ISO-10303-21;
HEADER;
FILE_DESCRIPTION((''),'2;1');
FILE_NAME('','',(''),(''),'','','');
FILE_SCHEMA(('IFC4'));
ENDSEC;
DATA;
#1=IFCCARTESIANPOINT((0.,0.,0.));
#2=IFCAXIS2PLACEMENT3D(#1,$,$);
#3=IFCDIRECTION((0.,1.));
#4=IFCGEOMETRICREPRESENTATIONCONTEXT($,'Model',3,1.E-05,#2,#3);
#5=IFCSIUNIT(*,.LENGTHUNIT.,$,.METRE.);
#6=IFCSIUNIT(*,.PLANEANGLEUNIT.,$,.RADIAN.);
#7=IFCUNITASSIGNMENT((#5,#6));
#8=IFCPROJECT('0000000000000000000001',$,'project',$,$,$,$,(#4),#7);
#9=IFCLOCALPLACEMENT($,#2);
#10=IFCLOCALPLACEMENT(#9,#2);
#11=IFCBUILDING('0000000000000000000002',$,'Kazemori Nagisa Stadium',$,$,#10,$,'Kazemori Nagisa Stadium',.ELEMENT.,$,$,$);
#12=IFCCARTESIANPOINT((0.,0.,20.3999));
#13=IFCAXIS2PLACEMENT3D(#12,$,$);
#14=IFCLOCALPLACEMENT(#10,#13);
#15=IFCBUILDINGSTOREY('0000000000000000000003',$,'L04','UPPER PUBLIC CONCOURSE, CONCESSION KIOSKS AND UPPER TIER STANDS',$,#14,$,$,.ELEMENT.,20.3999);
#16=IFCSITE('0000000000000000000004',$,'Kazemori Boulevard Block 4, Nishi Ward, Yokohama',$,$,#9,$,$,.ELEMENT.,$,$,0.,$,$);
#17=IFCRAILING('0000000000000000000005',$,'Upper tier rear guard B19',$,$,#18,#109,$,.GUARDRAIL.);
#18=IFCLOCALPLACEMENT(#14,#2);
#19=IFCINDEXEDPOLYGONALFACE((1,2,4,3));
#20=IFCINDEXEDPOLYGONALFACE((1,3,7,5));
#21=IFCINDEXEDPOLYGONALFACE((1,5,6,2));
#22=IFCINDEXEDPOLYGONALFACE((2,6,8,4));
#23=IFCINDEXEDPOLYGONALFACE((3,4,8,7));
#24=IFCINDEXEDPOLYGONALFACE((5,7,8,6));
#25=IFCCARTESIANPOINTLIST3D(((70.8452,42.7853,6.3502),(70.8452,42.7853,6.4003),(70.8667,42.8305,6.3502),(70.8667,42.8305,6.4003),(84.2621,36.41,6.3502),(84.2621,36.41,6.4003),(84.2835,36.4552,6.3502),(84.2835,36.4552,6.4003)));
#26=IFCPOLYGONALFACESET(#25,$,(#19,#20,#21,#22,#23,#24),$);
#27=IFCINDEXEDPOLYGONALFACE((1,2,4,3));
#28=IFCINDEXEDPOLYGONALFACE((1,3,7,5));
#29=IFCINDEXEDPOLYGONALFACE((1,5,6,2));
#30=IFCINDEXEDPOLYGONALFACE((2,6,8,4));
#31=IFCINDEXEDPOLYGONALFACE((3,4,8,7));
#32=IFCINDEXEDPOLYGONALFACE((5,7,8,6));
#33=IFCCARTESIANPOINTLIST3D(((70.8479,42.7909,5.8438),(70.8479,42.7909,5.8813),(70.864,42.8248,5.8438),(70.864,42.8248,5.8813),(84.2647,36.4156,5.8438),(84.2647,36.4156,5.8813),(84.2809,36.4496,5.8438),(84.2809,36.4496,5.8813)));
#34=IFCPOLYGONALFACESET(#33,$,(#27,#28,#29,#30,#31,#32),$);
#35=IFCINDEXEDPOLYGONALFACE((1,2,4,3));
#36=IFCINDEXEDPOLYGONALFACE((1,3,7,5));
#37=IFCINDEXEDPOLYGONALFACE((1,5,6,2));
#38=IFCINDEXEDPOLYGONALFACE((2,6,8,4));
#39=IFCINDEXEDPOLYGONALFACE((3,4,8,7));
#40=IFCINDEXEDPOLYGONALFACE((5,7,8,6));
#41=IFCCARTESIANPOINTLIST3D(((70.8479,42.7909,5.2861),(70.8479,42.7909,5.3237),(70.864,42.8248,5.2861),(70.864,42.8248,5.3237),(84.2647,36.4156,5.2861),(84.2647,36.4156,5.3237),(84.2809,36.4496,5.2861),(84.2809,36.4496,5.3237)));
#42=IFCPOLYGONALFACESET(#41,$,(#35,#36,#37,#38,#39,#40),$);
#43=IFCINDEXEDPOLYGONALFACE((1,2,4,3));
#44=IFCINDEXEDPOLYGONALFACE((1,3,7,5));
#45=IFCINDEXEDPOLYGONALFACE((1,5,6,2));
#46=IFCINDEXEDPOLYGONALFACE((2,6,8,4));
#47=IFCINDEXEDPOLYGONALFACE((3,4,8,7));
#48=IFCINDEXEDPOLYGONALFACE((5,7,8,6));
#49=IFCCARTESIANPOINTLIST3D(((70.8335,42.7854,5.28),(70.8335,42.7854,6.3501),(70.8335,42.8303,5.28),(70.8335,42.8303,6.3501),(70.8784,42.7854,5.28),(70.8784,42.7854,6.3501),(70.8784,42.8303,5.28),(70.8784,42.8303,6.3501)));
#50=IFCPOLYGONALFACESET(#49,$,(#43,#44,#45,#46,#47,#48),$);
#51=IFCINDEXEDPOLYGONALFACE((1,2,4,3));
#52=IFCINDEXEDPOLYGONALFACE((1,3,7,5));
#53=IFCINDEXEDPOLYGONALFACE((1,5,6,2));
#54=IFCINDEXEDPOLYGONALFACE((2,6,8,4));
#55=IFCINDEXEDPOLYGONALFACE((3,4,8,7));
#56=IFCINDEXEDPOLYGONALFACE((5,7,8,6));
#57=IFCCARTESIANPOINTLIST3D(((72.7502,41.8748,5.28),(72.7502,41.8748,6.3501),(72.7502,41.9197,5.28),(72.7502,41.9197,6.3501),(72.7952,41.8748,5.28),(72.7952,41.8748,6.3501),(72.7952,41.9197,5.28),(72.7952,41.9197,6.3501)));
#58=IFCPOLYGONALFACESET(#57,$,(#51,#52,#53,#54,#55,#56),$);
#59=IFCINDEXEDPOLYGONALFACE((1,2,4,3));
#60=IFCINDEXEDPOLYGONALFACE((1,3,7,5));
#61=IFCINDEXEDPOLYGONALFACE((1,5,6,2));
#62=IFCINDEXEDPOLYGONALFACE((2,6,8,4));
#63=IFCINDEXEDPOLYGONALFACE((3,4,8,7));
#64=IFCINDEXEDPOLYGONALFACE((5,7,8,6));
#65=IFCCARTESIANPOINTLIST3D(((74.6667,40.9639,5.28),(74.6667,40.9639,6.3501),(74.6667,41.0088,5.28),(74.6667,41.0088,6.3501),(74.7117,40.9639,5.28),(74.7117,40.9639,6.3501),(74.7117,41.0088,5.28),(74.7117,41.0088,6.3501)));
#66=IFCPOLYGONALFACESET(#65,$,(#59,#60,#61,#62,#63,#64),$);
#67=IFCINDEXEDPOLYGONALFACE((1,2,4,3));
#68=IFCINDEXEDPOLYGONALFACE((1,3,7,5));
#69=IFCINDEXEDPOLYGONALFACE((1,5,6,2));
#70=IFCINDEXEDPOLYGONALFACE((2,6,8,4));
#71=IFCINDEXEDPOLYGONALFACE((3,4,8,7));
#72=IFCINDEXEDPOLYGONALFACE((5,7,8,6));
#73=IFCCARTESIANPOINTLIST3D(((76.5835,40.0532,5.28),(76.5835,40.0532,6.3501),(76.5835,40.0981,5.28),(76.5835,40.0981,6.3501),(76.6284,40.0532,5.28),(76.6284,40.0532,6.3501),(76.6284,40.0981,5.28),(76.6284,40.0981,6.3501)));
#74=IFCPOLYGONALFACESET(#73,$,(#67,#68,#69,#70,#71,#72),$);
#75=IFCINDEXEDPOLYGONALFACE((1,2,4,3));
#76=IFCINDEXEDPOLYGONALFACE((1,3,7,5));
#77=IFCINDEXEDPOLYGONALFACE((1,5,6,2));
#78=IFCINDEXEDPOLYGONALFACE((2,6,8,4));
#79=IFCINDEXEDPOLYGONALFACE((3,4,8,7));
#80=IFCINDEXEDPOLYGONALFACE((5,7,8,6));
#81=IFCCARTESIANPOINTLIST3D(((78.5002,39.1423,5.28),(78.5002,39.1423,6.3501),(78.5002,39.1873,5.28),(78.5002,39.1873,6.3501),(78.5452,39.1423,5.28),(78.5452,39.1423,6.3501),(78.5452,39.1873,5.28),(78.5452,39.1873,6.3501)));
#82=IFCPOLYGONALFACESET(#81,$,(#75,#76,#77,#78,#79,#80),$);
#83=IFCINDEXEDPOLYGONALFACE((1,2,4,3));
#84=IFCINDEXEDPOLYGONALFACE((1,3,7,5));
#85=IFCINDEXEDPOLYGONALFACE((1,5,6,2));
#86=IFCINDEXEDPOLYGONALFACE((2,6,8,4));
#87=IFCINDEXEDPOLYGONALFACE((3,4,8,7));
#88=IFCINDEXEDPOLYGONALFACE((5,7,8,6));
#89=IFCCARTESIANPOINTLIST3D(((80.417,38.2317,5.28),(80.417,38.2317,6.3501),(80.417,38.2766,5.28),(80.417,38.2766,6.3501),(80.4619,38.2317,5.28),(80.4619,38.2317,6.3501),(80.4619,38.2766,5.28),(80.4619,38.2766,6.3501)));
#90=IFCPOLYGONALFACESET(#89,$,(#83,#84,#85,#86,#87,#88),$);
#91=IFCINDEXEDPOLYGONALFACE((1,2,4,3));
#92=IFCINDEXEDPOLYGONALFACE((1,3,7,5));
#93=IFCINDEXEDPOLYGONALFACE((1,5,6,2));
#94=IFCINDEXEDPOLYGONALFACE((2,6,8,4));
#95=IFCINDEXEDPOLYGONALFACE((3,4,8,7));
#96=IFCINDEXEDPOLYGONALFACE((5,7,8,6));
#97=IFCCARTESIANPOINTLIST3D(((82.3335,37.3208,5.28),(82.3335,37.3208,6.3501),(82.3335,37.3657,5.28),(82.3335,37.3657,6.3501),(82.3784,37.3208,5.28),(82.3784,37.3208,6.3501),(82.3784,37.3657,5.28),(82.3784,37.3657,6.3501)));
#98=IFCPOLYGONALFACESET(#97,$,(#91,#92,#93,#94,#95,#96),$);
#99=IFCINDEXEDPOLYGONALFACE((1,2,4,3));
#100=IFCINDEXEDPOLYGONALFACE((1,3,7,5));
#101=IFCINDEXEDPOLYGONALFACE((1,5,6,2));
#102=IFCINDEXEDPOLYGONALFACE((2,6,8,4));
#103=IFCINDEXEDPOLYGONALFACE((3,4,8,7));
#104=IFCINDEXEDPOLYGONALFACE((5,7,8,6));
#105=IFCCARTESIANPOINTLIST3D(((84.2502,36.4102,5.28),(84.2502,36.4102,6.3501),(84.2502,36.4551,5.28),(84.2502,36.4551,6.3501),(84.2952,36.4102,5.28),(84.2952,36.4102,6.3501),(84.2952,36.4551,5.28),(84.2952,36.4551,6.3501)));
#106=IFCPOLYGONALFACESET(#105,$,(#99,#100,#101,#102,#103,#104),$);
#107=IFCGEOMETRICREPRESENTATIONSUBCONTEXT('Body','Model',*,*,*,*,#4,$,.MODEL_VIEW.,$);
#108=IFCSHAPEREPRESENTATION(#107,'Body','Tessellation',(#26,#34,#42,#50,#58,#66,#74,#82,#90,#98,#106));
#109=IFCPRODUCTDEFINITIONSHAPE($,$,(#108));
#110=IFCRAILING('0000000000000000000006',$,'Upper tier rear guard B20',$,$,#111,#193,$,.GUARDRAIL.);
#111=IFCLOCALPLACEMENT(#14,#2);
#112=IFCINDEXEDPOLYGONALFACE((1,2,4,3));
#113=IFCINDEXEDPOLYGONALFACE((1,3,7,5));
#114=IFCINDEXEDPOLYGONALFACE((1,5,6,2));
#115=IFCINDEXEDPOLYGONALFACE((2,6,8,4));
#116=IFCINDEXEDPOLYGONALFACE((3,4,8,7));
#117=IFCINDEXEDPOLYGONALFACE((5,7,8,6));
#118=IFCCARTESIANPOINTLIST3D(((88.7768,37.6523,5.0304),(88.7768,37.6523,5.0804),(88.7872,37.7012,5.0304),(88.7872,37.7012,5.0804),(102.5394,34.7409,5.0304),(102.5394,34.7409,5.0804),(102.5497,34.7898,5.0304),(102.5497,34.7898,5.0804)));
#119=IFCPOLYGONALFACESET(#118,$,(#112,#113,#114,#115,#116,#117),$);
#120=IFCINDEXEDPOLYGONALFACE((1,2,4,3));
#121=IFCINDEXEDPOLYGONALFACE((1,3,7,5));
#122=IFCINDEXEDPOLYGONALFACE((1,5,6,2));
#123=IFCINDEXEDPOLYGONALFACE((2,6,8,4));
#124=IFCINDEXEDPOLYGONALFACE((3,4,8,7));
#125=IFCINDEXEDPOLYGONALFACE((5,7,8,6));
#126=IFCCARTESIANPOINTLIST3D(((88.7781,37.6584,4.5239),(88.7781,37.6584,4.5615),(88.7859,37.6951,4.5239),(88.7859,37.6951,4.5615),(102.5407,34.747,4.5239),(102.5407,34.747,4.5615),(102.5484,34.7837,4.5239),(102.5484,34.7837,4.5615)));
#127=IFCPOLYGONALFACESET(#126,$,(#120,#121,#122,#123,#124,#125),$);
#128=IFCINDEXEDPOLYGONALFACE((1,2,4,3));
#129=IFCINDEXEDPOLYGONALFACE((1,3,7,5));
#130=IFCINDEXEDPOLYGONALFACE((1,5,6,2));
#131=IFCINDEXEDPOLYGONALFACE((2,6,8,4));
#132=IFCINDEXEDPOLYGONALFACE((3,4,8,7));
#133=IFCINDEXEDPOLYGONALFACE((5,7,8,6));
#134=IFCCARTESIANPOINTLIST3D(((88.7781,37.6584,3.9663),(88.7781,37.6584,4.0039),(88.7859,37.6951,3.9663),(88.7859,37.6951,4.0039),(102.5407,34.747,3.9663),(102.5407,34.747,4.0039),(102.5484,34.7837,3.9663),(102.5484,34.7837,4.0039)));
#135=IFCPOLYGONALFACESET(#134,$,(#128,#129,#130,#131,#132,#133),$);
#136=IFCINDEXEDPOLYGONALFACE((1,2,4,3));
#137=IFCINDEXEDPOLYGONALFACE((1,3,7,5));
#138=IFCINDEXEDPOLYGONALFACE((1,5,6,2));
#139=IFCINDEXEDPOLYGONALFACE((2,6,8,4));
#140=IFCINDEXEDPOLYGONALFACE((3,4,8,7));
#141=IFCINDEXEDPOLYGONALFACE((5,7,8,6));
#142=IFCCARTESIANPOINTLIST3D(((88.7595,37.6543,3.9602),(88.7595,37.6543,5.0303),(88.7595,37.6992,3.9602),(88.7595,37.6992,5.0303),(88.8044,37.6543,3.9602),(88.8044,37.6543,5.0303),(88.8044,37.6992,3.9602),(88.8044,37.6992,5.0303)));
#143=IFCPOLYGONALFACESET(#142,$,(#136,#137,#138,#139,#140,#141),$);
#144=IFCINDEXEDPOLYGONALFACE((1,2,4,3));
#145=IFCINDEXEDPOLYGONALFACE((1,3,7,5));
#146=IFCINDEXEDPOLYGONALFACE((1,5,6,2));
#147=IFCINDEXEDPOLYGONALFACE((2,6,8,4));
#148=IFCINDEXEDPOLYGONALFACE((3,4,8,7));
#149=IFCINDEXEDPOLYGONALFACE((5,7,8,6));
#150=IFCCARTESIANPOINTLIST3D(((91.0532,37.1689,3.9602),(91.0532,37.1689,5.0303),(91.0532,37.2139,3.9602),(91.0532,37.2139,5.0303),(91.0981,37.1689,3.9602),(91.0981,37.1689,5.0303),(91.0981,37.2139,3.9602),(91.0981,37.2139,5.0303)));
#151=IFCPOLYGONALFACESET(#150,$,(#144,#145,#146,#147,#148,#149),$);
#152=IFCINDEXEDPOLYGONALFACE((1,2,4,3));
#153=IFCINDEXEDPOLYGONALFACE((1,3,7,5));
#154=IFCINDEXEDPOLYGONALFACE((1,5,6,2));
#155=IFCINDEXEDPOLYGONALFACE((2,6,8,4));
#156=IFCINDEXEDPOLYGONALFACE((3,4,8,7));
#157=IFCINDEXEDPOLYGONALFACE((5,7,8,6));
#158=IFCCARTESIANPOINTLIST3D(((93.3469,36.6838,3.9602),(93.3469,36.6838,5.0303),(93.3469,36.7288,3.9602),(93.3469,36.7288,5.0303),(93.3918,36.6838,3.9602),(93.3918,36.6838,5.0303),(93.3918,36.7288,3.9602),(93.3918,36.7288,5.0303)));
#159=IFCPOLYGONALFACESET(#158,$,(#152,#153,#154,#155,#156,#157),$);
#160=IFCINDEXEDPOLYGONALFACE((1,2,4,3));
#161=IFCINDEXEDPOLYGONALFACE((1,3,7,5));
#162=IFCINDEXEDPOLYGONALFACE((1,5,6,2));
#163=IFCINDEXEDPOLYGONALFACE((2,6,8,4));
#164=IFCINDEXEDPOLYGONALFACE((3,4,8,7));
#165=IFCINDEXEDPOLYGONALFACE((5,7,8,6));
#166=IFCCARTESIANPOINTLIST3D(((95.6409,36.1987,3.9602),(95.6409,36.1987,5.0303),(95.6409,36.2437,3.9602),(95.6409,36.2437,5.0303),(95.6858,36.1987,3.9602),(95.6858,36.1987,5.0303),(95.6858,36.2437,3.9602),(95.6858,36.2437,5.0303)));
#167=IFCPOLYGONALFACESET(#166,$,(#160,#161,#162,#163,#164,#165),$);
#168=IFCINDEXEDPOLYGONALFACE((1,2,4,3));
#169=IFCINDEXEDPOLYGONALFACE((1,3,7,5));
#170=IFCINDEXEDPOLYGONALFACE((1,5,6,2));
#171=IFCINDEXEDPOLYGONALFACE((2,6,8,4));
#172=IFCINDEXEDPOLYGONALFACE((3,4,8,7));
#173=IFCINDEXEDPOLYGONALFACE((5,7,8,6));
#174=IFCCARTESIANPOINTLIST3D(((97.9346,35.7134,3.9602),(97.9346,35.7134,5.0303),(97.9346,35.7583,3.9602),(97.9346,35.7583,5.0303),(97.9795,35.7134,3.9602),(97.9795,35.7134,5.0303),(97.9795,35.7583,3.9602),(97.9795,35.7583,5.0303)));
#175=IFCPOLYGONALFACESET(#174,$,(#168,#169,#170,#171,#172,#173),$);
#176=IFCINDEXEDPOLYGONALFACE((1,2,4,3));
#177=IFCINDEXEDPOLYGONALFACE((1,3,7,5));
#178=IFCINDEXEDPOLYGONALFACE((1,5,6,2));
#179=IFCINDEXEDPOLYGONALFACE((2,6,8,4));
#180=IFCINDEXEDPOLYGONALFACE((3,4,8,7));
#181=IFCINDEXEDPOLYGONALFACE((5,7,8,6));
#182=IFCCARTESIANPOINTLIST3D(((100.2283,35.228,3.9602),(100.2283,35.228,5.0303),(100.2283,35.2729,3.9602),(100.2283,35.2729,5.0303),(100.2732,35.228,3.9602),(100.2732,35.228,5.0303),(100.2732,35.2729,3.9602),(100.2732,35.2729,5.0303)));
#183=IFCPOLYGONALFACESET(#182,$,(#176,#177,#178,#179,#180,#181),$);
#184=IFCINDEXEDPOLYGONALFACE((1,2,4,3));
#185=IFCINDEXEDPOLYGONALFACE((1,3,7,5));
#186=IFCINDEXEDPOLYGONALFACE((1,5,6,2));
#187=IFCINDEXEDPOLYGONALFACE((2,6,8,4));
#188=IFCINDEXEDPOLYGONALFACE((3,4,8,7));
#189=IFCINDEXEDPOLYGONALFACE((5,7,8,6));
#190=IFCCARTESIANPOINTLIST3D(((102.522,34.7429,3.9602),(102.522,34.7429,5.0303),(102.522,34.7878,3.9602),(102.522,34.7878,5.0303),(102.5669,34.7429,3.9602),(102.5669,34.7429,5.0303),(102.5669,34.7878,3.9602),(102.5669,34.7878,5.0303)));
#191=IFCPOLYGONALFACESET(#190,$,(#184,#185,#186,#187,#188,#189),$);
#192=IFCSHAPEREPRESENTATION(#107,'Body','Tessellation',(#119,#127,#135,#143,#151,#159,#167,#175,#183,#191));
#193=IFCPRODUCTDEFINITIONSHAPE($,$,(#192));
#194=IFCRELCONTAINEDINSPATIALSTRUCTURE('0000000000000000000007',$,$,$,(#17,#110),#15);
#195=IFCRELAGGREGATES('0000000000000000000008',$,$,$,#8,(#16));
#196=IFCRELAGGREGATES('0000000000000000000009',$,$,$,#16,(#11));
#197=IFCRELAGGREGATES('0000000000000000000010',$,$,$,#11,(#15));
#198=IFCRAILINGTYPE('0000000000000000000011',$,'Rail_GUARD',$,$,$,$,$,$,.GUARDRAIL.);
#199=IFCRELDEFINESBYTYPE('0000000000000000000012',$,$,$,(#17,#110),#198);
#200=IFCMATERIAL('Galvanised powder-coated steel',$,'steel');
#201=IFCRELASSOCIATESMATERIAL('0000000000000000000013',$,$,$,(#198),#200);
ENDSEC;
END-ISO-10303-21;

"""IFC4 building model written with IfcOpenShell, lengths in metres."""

from ifc_helpers import new_model, si_unit, direction, frame, origin, origin_2d, place, context, subcontext, project, spatial, rectangle, extrude, material, type_object, element, save


model = new_model("IFC4")

# Units and contexts
model_context = context("Model", 3, precision=1e-05, world=origin(), true_north=direction((0.0, 1.0)))
body_context = subcontext(model_context, "Body", "Model", "MODEL_VIEW")
ifc_project = project(units=[si_unit("LENGTHUNIT", "METRE"), si_unit("PLANEANGLEUNIT", "RADIAN")], contexts=[model_context])

# Site, building, storey
site_placement = place(None, origin())
site = spatial("IfcSite", under=ifc_project, at=site_placement, Name="Kazemori Boulevard Block 4, Nishi Ward, Yokohama", CompositionType="ELEMENT", RefElevation=0.0)
building_placement = place(site_placement, origin())
building = spatial("IfcBuilding", under=site, at=building_placement, Name="Kazemori Nagisa Stadium", LongName="Kazemori Nagisa Stadium", CompositionType="ELEMENT")
storey_placement = place(building_placement, frame((0.0, 0.0, 20.3999)))
storey = spatial("IfcBuildingStorey", under=building, at=storey_placement, Name="L04", Description="UPPER PUBLIC CONCOURSE, CONCESSION KIOSKS AND UPPER TIER STANDS", CompositionType="ELEMENT", Elevation=20.3999)

# Railings
ifc_material_1 = material(Name="Galvanised powder-coated steel", Category="steel")
railing_type_1 = type_object("IfcRailingType", Name="Rail_GUARD", PredefinedType="GUARDRAIL", material=ifc_material_1)
railing_1_placement = place(storey_placement, frame((70.856, 42.8079, 5.28)))
element("IfcRailing", 1, at=railing_1_placement, inside=storey, type_object=railing_type_1, Name="Upper tier rear guard B19", PredefinedType="GUARDRAIL", context=body_context, shape_type="SweptSolid", body=[
    extrude(rectangle(XDim=0.05, YDim=0.05, at=origin_2d()), frame((0.0, 0.0, 1.0952), z_axis=(0.903218, -0.429183, 0.0), x_axis=(0.429183, 0.903218, 0.0)), (0.0, 0.0, 1.0), 14.8545),
    extrude(rectangle(XDim=0.0376, YDim=0.0376, at=origin_2d()), frame((0.0, 0.0, 0.5825), z_axis=(0.903218, -0.429183, 0.0), x_axis=(0.429183, 0.903218, 0.0)), (0.0, 0.0, 1.0), 14.8545),
    extrude(rectangle(XDim=0.0376, YDim=0.0376, at=origin_2d()), frame((0.0, 0.0, 0.0249), z_axis=(0.903218, -0.429183, 0.0), x_axis=(0.429183, 0.903218, 0.0)), (0.0, 0.0, 1.0), 14.8545),
    extrude(rectangle(XDim=0.0449, YDim=0.0449, at=origin_2d()), origin(), (0.0, 0.0, 1.0), 1.0701),
    extrude(rectangle(XDim=0.0449, YDim=0.0449, at=origin_2d()), frame((1.9167, -0.9106, 0.0)), (0.0, 0.0, 1.0), 1.0701),
    extrude(rectangle(XDim=0.0449, YDim=0.0449, at=origin_2d()), frame((3.8333, -1.8215, 0.0)), (0.0, 0.0, 1.0), 1.0701),
    extrude(rectangle(XDim=0.0449, YDim=0.0449, at=origin_2d()), frame((5.75, -2.7322, 0.0)), (0.0, 0.0, 1.0), 1.0701),
    extrude(rectangle(XDim=0.0449, YDim=0.0449, at=origin_2d()), frame((7.6667, -3.6431, 0.0)), (0.0, 0.0, 1.0), 1.0701),
    extrude(rectangle(XDim=0.0449, YDim=0.0449, at=origin_2d()), frame((9.5835, -4.5537, 0.0)), (0.0, 0.0, 1.0), 1.0701),
    extrude(rectangle(XDim=0.0449, YDim=0.0449, at=origin_2d()), frame((11.5, -5.4646, 0.0)), (0.0, 0.0, 1.0), 1.0701),
    extrude(rectangle(XDim=0.0449, YDim=0.0449, at=origin_2d()), frame((13.4167, -6.3752, 0.0)), (0.0, 0.0, 1.0), 1.0701),
])
railing_2_placement = place(storey_placement, frame((88.782, 37.6768, 3.9602)))
element("IfcRailing", 2, at=railing_2_placement, inside=storey, type_object=railing_type_1, Name="Upper tier rear guard B20", PredefinedType="GUARDRAIL", context=body_context, shape_type="SweptSolid", body=[
    extrude(rectangle(XDim=0.05, YDim=0.05, at=origin_2d()), frame((0.0, 0.0, 1.0952), z_axis=(0.978348, -0.206965, 0.0), x_axis=(0.206965, 0.978348, 0.0)), (0.0, 0.0, 1.0), 14.0671),
    extrude(rectangle(XDim=0.0376, YDim=0.0376, at=origin_2d()), frame((0.0, 0.0, 0.5825), z_axis=(0.978348, -0.206965, 0.0), x_axis=(0.206965, 0.978348, 0.0)), (0.0, 0.0, 1.0), 14.0671),
    extrude(rectangle(XDim=0.0376, YDim=0.0376, at=origin_2d()), frame((0.0, 0.0, 0.0249), z_axis=(0.978348, -0.206965, 0.0), x_axis=(0.206965, 0.978348, 0.0)), (0.0, 0.0, 1.0), 14.0671),
    extrude(rectangle(XDim=0.0449, YDim=0.0449, at=origin_2d()), origin(), (0.0, 0.0, 1.0), 1.0701),
    extrude(rectangle(XDim=0.0449, YDim=0.0449, at=origin_2d()), frame((2.2937, -0.4854, 0.0)), (0.0, 0.0, 1.0), 1.0701),
    extrude(rectangle(XDim=0.0449, YDim=0.0449, at=origin_2d()), frame((4.5874, -0.9705, 0.0)), (0.0, 0.0, 1.0), 1.0701),
    extrude(rectangle(XDim=0.0449, YDim=0.0449, at=origin_2d()), frame((6.8813, -1.4556, 0.0)), (0.0, 0.0, 1.0), 1.0701),
    extrude(rectangle(XDim=0.0449, YDim=0.0449, at=origin_2d()), frame((9.175, -1.9409, 0.0)), (0.0, 0.0, 1.0), 1.0701),
    extrude(rectangle(XDim=0.0449, YDim=0.0449, at=origin_2d()), frame((11.4688, -2.4263, 0.0)), (0.0, 0.0, 1.0), 1.0701),
    extrude(rectangle(XDim=0.0449, YDim=0.0449, at=origin_2d()), frame((13.7625, -2.9114, 0.0)), (0.0, 0.0, 1.0), 1.0701),
])

save(model, "model.ifc")
